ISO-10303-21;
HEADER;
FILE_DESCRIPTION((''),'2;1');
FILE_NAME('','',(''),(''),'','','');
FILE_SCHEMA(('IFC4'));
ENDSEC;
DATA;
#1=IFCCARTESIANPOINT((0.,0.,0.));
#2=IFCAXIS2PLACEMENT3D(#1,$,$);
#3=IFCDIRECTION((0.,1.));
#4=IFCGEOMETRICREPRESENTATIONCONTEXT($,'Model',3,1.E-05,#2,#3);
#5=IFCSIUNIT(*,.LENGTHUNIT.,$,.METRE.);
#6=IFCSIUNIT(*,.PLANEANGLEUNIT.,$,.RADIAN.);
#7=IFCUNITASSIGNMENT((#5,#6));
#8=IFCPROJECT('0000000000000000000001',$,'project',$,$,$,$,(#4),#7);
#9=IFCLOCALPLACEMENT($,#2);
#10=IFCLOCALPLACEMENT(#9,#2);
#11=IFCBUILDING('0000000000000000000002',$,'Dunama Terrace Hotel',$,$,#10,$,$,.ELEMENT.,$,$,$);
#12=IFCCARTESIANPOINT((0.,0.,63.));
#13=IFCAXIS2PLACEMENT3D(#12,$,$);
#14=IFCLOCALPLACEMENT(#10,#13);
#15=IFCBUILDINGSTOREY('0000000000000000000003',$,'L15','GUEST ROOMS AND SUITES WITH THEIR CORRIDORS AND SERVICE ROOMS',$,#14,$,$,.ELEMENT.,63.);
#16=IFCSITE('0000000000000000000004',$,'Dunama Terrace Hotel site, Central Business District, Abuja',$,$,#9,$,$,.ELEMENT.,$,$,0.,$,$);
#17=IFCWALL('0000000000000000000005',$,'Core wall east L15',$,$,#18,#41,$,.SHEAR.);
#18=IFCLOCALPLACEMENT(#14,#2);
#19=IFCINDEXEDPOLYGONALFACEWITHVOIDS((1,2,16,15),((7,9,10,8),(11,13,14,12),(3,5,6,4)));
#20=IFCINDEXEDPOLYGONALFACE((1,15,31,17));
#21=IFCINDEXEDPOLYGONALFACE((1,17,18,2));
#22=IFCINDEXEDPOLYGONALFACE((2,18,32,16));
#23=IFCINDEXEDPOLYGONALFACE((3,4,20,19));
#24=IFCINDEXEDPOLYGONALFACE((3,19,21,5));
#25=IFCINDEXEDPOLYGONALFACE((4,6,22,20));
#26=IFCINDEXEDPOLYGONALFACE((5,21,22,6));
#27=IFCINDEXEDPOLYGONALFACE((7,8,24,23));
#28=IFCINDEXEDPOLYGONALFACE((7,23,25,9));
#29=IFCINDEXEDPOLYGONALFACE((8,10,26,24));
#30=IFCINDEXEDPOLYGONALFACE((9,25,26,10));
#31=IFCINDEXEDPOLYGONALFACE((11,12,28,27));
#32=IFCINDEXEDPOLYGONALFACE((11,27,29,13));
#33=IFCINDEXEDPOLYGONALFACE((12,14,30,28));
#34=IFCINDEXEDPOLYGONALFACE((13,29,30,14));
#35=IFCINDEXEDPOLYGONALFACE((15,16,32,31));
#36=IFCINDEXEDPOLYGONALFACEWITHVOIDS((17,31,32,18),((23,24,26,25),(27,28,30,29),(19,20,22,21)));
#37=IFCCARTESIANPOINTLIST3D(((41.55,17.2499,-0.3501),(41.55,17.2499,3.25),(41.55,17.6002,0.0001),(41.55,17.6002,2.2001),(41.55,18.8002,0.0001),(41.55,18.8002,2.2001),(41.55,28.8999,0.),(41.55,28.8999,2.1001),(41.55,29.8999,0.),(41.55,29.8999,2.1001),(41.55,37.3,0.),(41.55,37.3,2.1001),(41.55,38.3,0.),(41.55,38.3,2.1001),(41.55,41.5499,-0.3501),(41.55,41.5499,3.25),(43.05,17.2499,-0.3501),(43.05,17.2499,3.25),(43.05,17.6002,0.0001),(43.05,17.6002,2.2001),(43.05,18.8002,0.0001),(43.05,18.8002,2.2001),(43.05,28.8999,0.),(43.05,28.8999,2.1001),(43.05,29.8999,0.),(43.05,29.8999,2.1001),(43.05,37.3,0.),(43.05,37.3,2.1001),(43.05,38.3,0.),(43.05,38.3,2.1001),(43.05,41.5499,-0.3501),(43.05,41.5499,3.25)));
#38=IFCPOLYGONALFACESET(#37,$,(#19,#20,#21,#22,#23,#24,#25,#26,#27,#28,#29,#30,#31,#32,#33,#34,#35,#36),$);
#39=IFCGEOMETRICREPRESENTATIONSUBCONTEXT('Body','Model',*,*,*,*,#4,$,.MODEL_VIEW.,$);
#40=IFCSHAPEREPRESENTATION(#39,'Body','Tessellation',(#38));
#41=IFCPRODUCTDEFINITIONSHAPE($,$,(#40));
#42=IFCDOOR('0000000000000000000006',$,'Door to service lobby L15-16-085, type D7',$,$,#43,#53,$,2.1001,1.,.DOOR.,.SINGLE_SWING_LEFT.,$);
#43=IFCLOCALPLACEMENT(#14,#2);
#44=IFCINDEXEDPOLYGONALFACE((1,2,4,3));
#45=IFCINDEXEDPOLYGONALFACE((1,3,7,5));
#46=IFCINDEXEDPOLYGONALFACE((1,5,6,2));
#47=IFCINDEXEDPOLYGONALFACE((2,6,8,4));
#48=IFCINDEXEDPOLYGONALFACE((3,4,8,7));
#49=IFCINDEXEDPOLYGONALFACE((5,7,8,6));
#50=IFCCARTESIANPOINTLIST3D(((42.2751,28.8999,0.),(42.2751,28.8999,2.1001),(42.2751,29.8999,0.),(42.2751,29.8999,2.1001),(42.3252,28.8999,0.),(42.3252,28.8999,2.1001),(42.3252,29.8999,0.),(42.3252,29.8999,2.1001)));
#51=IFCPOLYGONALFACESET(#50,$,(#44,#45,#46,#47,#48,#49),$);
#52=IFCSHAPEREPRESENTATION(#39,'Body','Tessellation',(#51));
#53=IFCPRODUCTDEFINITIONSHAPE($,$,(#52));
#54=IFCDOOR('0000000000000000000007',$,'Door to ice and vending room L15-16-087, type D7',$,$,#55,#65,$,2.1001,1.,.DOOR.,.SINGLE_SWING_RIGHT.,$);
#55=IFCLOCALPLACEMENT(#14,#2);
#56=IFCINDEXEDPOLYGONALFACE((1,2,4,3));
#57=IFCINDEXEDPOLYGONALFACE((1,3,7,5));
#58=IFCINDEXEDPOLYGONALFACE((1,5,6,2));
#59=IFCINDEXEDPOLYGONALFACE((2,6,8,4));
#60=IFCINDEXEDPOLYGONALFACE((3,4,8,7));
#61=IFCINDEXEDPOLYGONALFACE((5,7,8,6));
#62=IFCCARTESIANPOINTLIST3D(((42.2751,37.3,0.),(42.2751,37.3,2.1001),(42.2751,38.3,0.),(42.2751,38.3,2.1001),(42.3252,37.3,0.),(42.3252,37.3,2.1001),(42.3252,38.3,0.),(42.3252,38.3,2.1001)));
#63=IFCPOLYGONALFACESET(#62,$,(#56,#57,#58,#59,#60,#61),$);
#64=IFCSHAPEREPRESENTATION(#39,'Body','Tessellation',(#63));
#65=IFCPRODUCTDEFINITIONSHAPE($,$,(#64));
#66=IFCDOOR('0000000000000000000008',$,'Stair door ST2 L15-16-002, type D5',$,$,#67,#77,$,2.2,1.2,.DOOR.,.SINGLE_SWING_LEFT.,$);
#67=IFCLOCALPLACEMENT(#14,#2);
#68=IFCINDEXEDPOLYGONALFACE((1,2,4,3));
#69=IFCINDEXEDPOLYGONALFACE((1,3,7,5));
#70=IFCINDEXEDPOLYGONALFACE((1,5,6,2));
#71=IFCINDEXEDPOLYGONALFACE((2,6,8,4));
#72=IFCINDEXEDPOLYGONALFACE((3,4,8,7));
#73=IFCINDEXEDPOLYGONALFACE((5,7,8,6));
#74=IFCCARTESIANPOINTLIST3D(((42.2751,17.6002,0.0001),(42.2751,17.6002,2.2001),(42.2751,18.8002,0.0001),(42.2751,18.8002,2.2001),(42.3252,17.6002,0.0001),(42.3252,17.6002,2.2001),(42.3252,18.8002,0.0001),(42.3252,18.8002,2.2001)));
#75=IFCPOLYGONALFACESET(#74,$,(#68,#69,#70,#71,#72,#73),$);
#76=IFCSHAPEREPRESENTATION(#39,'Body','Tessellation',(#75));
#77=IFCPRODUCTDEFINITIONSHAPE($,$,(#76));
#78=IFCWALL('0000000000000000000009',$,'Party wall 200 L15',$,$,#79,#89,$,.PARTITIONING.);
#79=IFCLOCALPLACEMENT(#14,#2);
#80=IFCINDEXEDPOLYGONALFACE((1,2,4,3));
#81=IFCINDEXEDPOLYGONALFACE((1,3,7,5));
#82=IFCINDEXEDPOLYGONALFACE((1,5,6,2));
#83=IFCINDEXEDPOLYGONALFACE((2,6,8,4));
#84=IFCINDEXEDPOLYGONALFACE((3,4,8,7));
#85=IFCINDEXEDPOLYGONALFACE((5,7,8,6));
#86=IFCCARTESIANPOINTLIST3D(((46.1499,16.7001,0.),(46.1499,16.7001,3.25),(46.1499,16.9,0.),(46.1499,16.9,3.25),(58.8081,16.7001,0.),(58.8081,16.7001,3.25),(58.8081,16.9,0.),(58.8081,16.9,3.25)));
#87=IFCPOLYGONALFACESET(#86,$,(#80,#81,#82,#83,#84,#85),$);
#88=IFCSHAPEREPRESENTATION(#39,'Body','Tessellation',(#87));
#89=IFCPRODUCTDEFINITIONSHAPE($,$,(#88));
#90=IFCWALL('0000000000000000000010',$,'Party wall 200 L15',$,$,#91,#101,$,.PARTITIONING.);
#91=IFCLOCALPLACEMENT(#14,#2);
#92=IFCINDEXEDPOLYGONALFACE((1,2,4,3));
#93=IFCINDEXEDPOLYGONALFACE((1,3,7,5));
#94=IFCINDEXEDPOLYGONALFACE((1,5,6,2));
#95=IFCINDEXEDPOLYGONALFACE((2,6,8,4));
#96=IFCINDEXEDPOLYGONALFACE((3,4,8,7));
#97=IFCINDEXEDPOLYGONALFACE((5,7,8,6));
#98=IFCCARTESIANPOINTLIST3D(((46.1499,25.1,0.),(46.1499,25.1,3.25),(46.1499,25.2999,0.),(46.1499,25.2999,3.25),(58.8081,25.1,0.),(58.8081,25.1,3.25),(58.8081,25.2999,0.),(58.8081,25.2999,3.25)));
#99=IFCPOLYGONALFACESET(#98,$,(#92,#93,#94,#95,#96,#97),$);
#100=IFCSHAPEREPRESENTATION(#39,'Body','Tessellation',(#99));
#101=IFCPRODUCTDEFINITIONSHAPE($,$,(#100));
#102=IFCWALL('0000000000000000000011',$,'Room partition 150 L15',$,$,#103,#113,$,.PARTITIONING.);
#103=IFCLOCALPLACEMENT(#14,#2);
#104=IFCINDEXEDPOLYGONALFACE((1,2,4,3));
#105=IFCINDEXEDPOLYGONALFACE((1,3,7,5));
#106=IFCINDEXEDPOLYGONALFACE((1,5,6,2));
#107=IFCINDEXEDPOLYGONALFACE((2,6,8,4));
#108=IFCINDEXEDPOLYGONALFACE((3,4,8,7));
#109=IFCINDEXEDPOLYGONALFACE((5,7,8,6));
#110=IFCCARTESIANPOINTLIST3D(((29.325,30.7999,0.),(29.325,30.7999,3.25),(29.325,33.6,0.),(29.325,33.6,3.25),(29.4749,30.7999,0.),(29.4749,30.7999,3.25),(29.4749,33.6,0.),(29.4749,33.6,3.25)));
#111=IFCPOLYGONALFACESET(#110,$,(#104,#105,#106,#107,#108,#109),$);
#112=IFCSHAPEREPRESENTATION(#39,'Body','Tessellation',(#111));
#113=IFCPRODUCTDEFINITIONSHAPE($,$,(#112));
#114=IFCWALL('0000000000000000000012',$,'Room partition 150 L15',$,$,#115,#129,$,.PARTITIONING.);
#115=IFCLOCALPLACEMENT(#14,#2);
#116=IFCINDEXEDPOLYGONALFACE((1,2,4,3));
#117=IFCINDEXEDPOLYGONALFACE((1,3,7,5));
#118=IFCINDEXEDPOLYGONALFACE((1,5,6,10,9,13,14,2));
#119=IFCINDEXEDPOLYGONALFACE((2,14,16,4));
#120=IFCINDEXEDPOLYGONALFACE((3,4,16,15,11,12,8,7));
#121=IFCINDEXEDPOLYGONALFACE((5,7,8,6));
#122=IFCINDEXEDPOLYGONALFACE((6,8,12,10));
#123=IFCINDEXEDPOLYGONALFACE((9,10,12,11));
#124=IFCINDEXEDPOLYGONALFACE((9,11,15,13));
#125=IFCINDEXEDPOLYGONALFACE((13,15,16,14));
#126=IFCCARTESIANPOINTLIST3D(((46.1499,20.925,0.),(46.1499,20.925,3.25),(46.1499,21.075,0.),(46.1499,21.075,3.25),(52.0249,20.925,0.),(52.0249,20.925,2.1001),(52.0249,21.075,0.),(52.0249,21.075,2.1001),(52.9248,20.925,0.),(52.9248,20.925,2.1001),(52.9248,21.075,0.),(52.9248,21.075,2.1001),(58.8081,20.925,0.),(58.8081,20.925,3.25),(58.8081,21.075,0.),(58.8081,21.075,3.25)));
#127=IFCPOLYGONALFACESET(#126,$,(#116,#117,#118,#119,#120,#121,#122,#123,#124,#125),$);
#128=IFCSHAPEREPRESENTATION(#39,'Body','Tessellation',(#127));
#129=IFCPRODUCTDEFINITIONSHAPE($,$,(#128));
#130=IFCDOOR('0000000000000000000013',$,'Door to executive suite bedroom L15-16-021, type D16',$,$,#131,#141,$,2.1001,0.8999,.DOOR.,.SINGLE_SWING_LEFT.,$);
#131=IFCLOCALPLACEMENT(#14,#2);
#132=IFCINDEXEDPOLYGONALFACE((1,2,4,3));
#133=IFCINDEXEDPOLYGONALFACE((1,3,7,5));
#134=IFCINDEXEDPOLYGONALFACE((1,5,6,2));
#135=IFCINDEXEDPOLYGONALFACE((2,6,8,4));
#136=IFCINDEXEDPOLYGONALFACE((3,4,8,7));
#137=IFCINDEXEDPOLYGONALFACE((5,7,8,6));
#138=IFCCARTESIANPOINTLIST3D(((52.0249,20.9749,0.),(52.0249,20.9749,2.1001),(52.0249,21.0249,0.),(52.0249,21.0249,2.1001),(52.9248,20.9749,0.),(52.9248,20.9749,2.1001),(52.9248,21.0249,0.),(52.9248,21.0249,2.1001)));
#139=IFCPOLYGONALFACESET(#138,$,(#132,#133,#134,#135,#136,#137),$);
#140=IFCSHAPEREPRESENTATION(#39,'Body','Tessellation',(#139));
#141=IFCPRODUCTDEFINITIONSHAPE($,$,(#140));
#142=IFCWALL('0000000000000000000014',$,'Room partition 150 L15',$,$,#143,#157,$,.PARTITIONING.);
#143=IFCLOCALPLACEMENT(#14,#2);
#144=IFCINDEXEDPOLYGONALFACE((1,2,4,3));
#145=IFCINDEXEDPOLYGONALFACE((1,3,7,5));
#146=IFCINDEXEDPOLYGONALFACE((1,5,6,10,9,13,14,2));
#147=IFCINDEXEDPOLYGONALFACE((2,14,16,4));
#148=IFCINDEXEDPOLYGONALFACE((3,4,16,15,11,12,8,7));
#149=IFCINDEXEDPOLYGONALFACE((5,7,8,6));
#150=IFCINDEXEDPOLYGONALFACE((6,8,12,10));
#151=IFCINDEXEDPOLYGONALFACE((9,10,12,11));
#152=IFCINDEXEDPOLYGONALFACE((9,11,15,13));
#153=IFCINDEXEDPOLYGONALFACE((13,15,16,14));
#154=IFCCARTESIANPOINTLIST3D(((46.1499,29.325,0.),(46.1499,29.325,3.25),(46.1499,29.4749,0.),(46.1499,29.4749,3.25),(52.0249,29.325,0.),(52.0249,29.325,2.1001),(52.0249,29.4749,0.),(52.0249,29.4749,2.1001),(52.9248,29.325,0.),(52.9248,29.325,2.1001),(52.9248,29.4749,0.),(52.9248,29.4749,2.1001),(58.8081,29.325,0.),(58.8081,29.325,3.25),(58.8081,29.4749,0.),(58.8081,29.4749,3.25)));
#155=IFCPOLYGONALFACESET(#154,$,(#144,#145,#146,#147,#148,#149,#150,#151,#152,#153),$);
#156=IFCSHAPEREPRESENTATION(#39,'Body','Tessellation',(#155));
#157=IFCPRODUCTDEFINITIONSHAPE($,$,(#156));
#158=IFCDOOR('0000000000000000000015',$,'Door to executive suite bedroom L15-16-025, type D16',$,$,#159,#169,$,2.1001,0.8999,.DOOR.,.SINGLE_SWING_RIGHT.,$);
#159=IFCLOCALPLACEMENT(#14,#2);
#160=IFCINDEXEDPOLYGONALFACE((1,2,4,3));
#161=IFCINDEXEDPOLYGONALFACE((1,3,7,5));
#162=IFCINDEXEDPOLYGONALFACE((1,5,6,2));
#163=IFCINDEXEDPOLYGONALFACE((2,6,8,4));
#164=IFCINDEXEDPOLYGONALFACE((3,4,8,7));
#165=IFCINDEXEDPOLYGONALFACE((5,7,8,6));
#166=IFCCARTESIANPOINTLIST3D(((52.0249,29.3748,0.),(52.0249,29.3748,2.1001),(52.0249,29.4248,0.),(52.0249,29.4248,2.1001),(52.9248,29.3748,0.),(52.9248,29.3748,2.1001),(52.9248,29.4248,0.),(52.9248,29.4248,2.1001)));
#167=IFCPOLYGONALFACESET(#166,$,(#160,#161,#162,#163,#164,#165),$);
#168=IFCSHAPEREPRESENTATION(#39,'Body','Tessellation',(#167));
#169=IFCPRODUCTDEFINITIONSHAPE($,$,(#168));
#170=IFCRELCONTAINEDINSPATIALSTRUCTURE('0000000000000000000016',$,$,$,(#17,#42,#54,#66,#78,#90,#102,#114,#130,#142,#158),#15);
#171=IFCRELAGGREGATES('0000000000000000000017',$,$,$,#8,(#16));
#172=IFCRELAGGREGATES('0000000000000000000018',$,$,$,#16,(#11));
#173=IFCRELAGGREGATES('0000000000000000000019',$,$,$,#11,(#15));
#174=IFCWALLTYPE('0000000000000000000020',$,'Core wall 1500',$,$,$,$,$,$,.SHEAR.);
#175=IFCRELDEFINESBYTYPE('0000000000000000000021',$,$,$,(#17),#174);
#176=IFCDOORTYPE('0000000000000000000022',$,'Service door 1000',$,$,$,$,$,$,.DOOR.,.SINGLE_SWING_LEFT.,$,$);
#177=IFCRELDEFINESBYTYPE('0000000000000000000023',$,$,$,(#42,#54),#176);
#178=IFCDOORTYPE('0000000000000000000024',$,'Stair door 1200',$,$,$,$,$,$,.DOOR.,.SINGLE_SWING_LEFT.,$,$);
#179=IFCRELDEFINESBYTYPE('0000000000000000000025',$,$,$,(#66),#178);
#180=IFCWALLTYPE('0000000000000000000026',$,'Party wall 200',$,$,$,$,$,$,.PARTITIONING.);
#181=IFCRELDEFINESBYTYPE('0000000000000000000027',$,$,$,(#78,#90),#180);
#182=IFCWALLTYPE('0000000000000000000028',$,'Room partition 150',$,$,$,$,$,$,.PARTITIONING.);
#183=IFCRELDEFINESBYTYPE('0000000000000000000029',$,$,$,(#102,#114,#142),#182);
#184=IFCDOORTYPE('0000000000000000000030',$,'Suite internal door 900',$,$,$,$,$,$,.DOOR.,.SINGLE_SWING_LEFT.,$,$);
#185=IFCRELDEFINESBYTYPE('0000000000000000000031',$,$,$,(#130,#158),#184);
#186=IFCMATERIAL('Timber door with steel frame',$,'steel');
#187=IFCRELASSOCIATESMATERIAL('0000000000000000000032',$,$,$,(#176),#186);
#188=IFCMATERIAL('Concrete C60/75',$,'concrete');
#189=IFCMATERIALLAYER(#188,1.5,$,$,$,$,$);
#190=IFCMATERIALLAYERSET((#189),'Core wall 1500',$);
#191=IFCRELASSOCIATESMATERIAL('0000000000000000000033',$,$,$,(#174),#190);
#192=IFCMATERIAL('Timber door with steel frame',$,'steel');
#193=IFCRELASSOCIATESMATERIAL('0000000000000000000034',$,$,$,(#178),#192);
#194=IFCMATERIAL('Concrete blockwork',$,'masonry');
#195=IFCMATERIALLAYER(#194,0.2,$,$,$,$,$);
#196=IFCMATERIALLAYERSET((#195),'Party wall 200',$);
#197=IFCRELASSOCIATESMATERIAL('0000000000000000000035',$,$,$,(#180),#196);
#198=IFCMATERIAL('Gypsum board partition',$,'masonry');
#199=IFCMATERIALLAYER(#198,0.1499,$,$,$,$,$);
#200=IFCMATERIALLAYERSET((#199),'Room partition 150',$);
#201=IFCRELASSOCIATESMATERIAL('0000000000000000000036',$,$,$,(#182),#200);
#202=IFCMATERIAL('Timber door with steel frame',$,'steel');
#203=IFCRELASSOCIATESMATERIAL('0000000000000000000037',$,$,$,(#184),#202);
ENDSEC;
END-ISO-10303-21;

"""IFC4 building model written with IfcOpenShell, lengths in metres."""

from ifc_helpers import new_model, si_unit, direction, frame, frame_2d, origin, place, context, subcontext, project, spatial, rectangle, extrude, material, layer, layer_set, type_object, element, fill, save


model = new_model("IFC4")

# Units and contexts
model_context = context("Model", 3, precision=1e-05, world=origin(), true_north=direction((0.0, 1.0)))
body_context = subcontext(model_context, "Body", "Model", "MODEL_VIEW")
ifc_project = project(units=[si_unit("LENGTHUNIT", "METRE"), si_unit("PLANEANGLEUNIT", "RADIAN")], contexts=[model_context])

# Site, building, storey
site_placement = place(None, origin())
site = spatial("IfcSite", under=ifc_project, at=site_placement, Name="Dunama Terrace Hotel site, Central Business District, Abuja", CompositionType="ELEMENT", RefElevation=0.0)
building_placement = place(site_placement, origin())
building = spatial("IfcBuilding", under=site, at=building_placement, Name="Dunama Terrace Hotel", CompositionType="ELEMENT")
storey_placement = place(building_placement, frame((0.0, 0.0, 63.0)))
storey = spatial("IfcBuildingStorey", under=building, at=storey_placement, Name="L15", Description="GUEST ROOMS AND SUITES WITH THEIR CORRIDORS AND SERVICE ROOMS", CompositionType="ELEMENT", Elevation=63.0)

# Wall, openings, doors
ifc_material_1 = material(Name="Timber door with steel frame", Category="steel")
door_type_1 = type_object("IfcDoorType", Name="Service door 1000", OperationType="SINGLE_SWING_LEFT", PredefinedType="DOOR", material=ifc_material_1)
ifc_material_2 = material(Name="Concrete C60/75", Category="concrete")
ifc_layer_1 = layer(ifc_material_2, 1.5)
ifc_layer_set_1 = layer_set([ifc_layer_1], Name="Core wall 1500")
wall_type_1 = type_object("IfcWallType", Name="Core wall 1500", PredefinedType="SHEAR", material=ifc_layer_set_1)
wall_1_placement = place(storey_placement, frame((42.3, 17.25, -0.3501), z_axis=(0.0, 0.0, 1.0), x_axis=(0.0, 1.0, 0.0)))
wall_1 = element("IfcWall", 1, at=wall_1_placement, inside=storey, type_object=wall_type_1, Name="Core wall east L15", PredefinedType="SHEAR", context=body_context, shape_type="SweptSolid", body=[
    extrude(rectangle(XDim=24.3, YDim=1.5, at=frame_2d((12.1499, 0.0))), origin(), (0.0, 0.0, 1.0), 3.6001),
])
opening_1_placement = place(wall_1_placement, frame((0.3501, 0.0, 0.3501)))
opening_1 = element("IfcOpeningElement", 2, at=opening_1_placement, cuts=wall_1, PredefinedType="OPENING", context=body_context, shape_type="SweptSolid", body=[
    extrude(rectangle(XDim=1.2, YDim=2.2, at=frame_2d((0.6001, 1.1001))), frame((0.0, 0.76, 0.0), z_axis=(0.0, -1.0, 0.0), x_axis=(1.0, 0.0, 0.0)), (0.0, 0.0, 1.0), 1.52),
])
opening_2_placement = place(wall_1_placement, frame((11.6499, 0.0, 0.3501)))
opening_2 = element("IfcOpeningElement", 3, at=opening_2_placement, cuts=wall_1, PredefinedType="OPENING", context=body_context, shape_type="SweptSolid", body=[
    extrude(rectangle(XDim=1.0, YDim=2.1001, at=frame_2d((0.5, 1.05))), frame((0.0, 0.76, 0.0), z_axis=(0.0, -1.0, 0.0), x_axis=(1.0, 0.0, 0.0)), (0.0, 0.0, 1.0), 1.52),
])
opening_3_placement = place(wall_1_placement, frame((20.05, 0.0, 0.3501)))
opening_3 = element("IfcOpeningElement", 4, at=opening_3_placement, cuts=wall_1, PredefinedType="OPENING", context=body_context, shape_type="SweptSolid", body=[
    extrude(rectangle(XDim=1.0, YDim=2.1001, at=frame_2d((0.5, 1.05))), frame((0.0, 0.76, 0.0), z_axis=(0.0, -1.0, 0.0), x_axis=(1.0, 0.0, 0.0)), (0.0, 0.0, 1.0), 1.52),
])
door_1_placement = place(opening_2_placement, origin())
door_1 = element("IfcDoor", 5, at=door_1_placement, inside=storey, type_object=door_type_1, Name="Door to service lobby L15-16-085, type D7", OperationType="SINGLE_SWING_LEFT", OverallHeight=2.1001, OverallWidth=1.0, PredefinedType="DOOR", context=body_context, shape_type="SweptSolid", body=[
    extrude(rectangle(XDim=1.0, YDim=2.1001, at=frame_2d((0.5, 1.05))), frame((0.0, 0.0249, 0.0), z_axis=(0.0, -1.0, 0.0), x_axis=(1.0, 0.0, 0.0)), (0.0, 0.0, 1.0), 0.05),
])
fill(opening_2, door_1)
door_2_placement = place(opening_3_placement, origin())
door_2 = element("IfcDoor", 6, at=door_2_placement, inside=storey, type_object=door_type_1, Name="Door to ice and vending room L15-16-087, type D7", OperationType="SINGLE_SWING_RIGHT", OverallHeight=2.1001, OverallWidth=1.0, PredefinedType="DOOR", context=body_context, shape_type="SweptSolid", body=[
    extrude(rectangle(XDim=1.0, YDim=2.1001, at=frame_2d((0.5, 1.05))), frame((0.0, 0.0249, 0.0), z_axis=(0.0, -1.0, 0.0), x_axis=(1.0, 0.0, 0.0)), (0.0, 0.0, 1.0), 0.05),
])
fill(opening_3, door_2)
ifc_material_3 = material(Name="Timber door with steel frame", Category="steel")
door_type_2 = type_object("IfcDoorType", Name="Stair door 1200", OperationType="SINGLE_SWING_LEFT", PredefinedType="DOOR", material=ifc_material_3)
door_3_placement = place(opening_1_placement, origin())
door_3 = element("IfcDoor", 7, at=door_3_placement, inside=storey, type_object=door_type_2, Name="Stair door ST2 L15-16-002, type D5", OperationType="SINGLE_SWING_LEFT", OverallHeight=2.2, OverallWidth=1.2, PredefinedType="DOOR", context=body_context, shape_type="SweptSolid", body=[
    extrude(rectangle(XDim=1.2, YDim=2.2, at=frame_2d((0.6001, 1.1001))), frame((0.0, 0.0249, 0.0), z_axis=(0.0, -1.0, 0.0), x_axis=(1.0, 0.0, 0.0)), (0.0, 0.0, 1.0), 0.05),
])
fill(opening_1, door_3)

# Walls
ifc_material_4 = material(Name="Concrete blockwork", Category="masonry")
ifc_layer_2 = layer(ifc_material_4, 0.2)
ifc_layer_set_2 = layer_set([ifc_layer_2], Name="Party wall 200")
wall_type_2 = type_object("IfcWallType", Name="Party wall 200", PredefinedType="PARTITIONING", material=ifc_layer_set_2)
for number, where, z_axis, x_axis, name in (
    (8, (46.1499, 16.8, 0.0), (0.0, 0.0, 1.0), (1.0, 0.0, 0.0), "Party wall 200 L15"),
    (9, (46.1499, 25.2, 0.0), (0.0, 0.0, 1.0), (1.0, 0.0, 0.0), "Party wall 200 L15"),
):
    element("IfcWall", number, at=place(storey_placement, frame(where, z_axis=z_axis, x_axis=x_axis)), inside=storey, type_object=wall_type_2, Name=name, PredefinedType="PARTITIONING", context=body_context, shape_type="SweptSolid", body=[
        extrude(rectangle(XDim=12.6582, YDim=0.2, at=frame_2d((6.3291, 0.0))), origin(), (0.0, 0.0, 1.0), 3.25),
    ])
ifc_material_5 = material(Name="Gypsum board partition", Category="masonry")
ifc_layer_3 = layer(ifc_material_5, 0.1499)
ifc_layer_set_3 = layer_set([ifc_layer_3], Name="Room partition 150")
wall_type_3 = type_object("IfcWallType", Name="Room partition 150", PredefinedType="PARTITIONING", material=ifc_layer_set_3)
wall_2_placement = place(storey_placement, frame((29.3999, 30.8, 0.0), z_axis=(0.0, 0.0, 1.0), x_axis=(0.0, 1.0, 0.0)))
element("IfcWall", 10, at=wall_2_placement, inside=storey, type_object=wall_type_3, Name="Room partition 150 L15", PredefinedType="PARTITIONING", context=body_context, shape_type="SweptSolid", body=[
    extrude(rectangle(XDim=2.8, YDim=0.1499, at=frame_2d((1.3999, 0.0))), origin(), (0.0, 0.0, 1.0), 3.25),
])

# Walls, openings, doors
wall_3_placement = place(storey_placement, frame((46.1499, 21.0, 0.0), z_axis=(0.0, 0.0, 1.0), x_axis=(1.0, 0.0, 0.0)))
wall_3 = element("IfcWall", 11, at=wall_3_placement, inside=storey, type_object=wall_type_3, Name="Room partition 150 L15", PredefinedType="PARTITIONING", context=body_context, shape_type="SweptSolid", body=[
    extrude(rectangle(XDim=12.6582, YDim=0.1499, at=frame_2d((6.3291, 0.0))), origin(), (0.0, 0.0, 1.0), 3.25),
])
opening_4_placement = place(wall_3_placement, frame((5.875, 0.0, 0.0)))
opening_4 = element("IfcOpeningElement", 12, at=opening_4_placement, cuts=wall_3, PredefinedType="OPENING", context=body_context, shape_type="SweptSolid", body=[
    extrude(rectangle(XDim=0.8999, YDim=2.1001, at=frame_2d((0.45, 1.05))), frame((0.0, 0.085, 0.0), z_axis=(0.0, -1.0, 0.0), x_axis=(1.0, 0.0, 0.0)), (0.0, 0.0, 1.0), 0.1699),
])
ifc_material_6 = material(Name="Timber door with steel frame", Category="steel")
door_type_3 = type_object("IfcDoorType", Name="Suite internal door 900", OperationType="SINGLE_SWING_LEFT", PredefinedType="DOOR", material=ifc_material_6)
door_4_placement = place(opening_4_placement, origin())
door_4 = element("IfcDoor", 13, at=door_4_placement, inside=storey, type_object=door_type_3, Name="Door to executive suite bedroom L15-16-021, type D16", OperationType="SINGLE_SWING_LEFT", OverallHeight=2.1001, OverallWidth=0.8999, PredefinedType="DOOR", context=body_context, shape_type="SweptSolid", body=[
    extrude(rectangle(XDim=0.8999, YDim=2.1001, at=frame_2d((0.45, 1.05))), frame((0.0, 0.0249, 0.0), z_axis=(0.0, -1.0, 0.0), x_axis=(1.0, 0.0, 0.0)), (0.0, 0.0, 1.0), 0.05),
])
fill(opening_4, door_4)
wall_4_placement = place(storey_placement, frame((46.1499, 29.3999, 0.0), z_axis=(0.0, 0.0, 1.0), x_axis=(1.0, 0.0, 0.0)))
wall_4 = element("IfcWall", 14, at=wall_4_placement, inside=storey, type_object=wall_type_3, Name="Room partition 150 L15", PredefinedType="PARTITIONING", context=body_context, shape_type="SweptSolid", body=[
    extrude(rectangle(XDim=12.6582, YDim=0.1499, at=frame_2d((6.3291, 0.0))), origin(), (0.0, 0.0, 1.0), 3.25),
])
opening_5_placement = place(wall_4_placement, frame((5.875, 0.0, 0.0)))
opening_5 = element("IfcOpeningElement", 15, at=opening_5_placement, cuts=wall_4, PredefinedType="OPENING", context=body_context, shape_type="SweptSolid", body=[
    extrude(rectangle(XDim=0.8999, YDim=2.1001, at=frame_2d((0.45, 1.05))), frame((0.0, 0.085, 0.0), z_axis=(0.0, -1.0, 0.0), x_axis=(1.0, 0.0, 0.0)), (0.0, 0.0, 1.0), 0.1699),
])
door_5_placement = place(opening_5_placement, frame((0.8999, 0.0, 0.0), z_axis=(0.0, 0.0, 1.0), x_axis=(-1.0, 0.0, 0.0)))
door_5 = element("IfcDoor", 16, at=door_5_placement, inside=storey, type_object=door_type_3, Name="Door to executive suite bedroom L15-16-025, type D16", OperationType="SINGLE_SWING_RIGHT", OverallHeight=2.1001, OverallWidth=0.8999, PredefinedType="DOOR", context=body_context, shape_type="SweptSolid", body=[
    extrude(rectangle(XDim=0.8999, YDim=2.1001, at=frame_2d((0.45, 1.05))), frame((0.0, 0.0251, 0.0), z_axis=(0.0, -1.0, 0.0), x_axis=(1.0, 0.0, 0.0)), (0.0, 0.0, 1.0), 0.05),
])
fill(opening_5, door_5)

save(model, "model.ifc")
